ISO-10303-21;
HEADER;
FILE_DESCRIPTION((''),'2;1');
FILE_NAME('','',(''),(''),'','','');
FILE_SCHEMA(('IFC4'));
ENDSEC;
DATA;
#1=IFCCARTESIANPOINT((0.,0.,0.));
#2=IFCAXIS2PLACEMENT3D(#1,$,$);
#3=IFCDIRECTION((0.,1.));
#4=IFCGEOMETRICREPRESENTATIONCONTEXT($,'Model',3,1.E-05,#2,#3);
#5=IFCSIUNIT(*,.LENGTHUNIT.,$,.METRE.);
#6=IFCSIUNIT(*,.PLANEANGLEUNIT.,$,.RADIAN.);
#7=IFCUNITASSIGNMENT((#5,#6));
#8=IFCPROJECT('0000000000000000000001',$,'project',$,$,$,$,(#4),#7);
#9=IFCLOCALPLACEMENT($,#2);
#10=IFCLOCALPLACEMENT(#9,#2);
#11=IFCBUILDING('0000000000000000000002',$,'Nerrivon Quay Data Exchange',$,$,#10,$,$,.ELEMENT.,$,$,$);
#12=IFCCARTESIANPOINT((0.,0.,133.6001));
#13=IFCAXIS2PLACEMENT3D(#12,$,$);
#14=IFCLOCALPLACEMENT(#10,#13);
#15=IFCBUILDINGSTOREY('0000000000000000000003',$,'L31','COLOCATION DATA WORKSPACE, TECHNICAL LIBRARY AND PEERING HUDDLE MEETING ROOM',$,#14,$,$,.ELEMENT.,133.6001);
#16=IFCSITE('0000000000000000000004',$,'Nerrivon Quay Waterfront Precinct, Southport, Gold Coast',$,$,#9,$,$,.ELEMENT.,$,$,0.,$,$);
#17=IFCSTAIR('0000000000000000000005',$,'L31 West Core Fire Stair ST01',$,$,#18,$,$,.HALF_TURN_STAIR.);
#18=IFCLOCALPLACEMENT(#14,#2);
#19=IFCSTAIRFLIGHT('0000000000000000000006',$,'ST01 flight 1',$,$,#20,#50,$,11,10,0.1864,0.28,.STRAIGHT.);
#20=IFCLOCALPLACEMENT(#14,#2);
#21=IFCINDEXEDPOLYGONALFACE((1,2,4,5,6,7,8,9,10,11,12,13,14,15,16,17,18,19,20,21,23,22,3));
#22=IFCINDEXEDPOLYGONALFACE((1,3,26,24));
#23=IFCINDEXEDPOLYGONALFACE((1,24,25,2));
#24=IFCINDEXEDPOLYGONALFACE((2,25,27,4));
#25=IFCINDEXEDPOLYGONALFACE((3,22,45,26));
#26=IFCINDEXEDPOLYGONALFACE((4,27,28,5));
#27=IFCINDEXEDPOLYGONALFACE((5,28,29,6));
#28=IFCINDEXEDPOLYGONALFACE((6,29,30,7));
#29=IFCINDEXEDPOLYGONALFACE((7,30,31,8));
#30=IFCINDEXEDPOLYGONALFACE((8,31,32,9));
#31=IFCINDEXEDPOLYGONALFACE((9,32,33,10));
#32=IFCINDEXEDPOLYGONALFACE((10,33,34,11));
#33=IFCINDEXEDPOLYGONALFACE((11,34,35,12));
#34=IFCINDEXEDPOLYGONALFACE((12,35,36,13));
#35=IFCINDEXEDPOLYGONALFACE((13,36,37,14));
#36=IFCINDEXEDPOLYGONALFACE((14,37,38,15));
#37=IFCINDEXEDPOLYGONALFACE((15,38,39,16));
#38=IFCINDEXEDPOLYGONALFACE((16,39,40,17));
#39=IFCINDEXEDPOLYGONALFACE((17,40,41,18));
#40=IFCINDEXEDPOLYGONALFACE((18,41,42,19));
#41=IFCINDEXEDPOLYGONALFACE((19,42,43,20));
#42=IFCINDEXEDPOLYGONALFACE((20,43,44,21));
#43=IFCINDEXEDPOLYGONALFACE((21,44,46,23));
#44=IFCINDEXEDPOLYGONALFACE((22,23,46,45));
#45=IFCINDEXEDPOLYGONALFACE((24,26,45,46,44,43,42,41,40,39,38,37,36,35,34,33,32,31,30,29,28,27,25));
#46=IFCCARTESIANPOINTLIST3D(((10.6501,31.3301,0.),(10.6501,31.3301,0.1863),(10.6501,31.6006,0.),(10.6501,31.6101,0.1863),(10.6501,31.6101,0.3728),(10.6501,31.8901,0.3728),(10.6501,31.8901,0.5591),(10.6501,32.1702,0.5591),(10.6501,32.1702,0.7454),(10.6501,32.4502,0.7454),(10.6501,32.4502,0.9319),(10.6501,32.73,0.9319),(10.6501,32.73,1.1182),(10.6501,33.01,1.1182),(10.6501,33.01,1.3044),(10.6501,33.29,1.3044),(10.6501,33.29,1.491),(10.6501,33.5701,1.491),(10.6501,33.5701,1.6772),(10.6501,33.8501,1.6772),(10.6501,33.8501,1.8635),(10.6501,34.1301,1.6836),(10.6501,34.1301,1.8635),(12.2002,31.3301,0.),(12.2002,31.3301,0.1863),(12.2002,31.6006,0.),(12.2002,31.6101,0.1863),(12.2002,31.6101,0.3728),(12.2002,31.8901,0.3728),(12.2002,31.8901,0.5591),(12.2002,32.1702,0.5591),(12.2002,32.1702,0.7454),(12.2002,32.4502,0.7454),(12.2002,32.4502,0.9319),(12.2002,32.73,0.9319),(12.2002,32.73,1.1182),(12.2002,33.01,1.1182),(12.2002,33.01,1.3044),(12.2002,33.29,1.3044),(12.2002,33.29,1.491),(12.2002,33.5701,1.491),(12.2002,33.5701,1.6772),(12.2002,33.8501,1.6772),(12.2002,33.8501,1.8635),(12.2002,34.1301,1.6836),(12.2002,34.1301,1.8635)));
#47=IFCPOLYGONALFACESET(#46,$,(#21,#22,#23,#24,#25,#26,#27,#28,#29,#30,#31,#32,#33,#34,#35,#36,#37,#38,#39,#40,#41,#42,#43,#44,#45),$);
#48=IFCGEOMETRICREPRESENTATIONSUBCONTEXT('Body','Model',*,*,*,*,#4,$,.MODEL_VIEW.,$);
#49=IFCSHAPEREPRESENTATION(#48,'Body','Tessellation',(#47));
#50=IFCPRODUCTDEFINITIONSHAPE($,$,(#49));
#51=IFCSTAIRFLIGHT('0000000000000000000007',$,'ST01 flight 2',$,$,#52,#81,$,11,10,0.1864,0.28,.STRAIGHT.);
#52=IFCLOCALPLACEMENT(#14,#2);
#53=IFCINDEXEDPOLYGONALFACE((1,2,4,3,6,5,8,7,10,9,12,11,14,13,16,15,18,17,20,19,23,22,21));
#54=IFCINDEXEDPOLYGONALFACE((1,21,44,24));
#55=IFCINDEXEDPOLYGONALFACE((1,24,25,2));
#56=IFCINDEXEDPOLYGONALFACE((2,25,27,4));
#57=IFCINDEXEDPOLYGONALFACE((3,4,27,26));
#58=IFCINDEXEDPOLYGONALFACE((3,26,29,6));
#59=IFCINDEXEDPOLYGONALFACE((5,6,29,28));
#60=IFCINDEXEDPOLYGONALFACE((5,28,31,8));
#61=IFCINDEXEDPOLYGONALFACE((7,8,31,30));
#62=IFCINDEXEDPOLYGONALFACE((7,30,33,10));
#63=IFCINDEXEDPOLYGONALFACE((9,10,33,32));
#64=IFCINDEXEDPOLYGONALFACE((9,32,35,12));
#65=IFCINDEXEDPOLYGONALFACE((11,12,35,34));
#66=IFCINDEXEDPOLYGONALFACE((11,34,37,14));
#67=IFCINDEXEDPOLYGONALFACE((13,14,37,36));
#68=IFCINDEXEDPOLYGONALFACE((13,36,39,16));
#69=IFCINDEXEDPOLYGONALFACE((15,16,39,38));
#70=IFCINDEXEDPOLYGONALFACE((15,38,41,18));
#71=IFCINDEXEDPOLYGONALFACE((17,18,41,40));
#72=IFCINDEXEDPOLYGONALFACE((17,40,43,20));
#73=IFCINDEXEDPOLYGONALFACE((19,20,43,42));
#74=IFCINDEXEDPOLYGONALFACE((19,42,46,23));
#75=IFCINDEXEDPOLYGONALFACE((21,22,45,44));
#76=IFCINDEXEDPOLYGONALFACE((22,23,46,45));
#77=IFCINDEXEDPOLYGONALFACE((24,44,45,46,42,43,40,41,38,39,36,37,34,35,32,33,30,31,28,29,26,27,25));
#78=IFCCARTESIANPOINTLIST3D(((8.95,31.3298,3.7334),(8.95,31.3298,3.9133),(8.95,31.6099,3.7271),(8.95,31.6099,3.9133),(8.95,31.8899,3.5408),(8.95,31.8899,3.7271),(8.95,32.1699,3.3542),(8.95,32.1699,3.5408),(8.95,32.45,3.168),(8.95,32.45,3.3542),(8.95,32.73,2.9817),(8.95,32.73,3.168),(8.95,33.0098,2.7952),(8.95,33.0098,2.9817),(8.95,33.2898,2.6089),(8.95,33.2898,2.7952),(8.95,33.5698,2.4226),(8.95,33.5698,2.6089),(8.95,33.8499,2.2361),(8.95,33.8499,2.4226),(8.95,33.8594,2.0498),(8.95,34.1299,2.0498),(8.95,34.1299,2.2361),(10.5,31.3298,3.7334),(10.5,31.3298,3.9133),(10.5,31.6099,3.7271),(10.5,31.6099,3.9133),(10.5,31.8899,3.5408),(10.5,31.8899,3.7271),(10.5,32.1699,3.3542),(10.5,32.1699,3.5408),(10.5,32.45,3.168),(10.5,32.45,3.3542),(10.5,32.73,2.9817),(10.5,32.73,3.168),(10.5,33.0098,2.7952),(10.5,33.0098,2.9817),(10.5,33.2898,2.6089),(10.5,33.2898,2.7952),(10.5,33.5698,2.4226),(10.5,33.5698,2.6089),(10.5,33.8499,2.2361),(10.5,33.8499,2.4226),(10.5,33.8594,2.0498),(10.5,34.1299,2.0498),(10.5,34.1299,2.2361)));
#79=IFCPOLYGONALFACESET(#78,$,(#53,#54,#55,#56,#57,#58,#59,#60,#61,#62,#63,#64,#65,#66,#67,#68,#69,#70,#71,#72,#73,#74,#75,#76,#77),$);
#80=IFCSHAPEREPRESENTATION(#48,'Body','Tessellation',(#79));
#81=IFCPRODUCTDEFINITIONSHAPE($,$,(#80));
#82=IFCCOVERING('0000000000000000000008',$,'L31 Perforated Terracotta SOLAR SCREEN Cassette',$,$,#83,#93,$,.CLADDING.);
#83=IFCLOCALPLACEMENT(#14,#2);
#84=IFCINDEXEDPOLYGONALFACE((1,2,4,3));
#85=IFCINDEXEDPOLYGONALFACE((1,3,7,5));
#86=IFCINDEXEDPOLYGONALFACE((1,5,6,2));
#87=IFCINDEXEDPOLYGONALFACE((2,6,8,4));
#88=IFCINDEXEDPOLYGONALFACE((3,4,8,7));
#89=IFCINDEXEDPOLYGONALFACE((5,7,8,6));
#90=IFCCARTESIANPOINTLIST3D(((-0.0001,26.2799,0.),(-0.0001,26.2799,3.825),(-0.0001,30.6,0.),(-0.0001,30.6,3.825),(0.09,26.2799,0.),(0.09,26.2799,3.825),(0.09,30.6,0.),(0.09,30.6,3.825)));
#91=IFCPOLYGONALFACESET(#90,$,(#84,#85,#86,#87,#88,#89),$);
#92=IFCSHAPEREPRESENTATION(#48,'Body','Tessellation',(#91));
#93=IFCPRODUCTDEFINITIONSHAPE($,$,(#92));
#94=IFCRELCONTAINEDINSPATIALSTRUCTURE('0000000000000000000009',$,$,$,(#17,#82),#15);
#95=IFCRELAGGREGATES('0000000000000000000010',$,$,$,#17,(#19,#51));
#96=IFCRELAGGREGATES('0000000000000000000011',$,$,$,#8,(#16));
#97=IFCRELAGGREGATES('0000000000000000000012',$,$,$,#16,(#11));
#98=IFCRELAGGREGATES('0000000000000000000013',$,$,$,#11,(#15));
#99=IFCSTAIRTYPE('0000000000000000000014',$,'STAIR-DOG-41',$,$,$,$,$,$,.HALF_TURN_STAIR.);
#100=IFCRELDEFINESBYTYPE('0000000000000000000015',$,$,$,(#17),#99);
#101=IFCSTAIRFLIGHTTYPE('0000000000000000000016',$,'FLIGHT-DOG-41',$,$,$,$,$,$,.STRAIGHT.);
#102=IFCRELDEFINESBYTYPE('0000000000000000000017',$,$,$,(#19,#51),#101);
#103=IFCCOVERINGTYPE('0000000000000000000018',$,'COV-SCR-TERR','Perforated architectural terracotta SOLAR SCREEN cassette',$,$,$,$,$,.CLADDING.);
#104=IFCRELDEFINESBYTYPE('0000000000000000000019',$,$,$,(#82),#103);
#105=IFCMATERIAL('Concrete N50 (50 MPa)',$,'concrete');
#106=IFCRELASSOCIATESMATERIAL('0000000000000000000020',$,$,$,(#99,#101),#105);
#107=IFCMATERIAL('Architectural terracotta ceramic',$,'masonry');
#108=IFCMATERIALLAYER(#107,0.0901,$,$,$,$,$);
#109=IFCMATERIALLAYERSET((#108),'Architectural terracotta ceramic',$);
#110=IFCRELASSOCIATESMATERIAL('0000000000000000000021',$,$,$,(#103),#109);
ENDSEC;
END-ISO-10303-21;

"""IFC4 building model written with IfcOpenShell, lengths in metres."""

from ifc_helpers import new_model, si_unit, direction, frame, origin, origin_2d, place, context, subcontext, project, spatial, polyline, rectangle, outline, extrude, material, layer, layer_set, type_object, element, aggregate, save


model = new_model("IFC4")

# Units and contexts
model_context = context("Model", 3, precision=1e-05, world=origin(), true_north=direction((0.0, 1.0)))
body_context = subcontext(model_context, "Body", "Model", "MODEL_VIEW")
ifc_project = project(units=[si_unit("LENGTHUNIT", "METRE"), si_unit("PLANEANGLEUNIT", "RADIAN")], contexts=[model_context])

# Site, building, storey
site_placement = place(None, origin())
site = spatial("IfcSite", under=ifc_project, at=site_placement, Name="Nerrivon Quay Waterfront Precinct, Southport, Gold Coast", CompositionType="ELEMENT", RefElevation=0.0)
building_placement = place(site_placement, origin())
building = spatial("IfcBuilding", under=site, at=building_placement, Name="Nerrivon Quay Data Exchange", CompositionType="ELEMENT")
storey_placement = place(building_placement, frame((0.0, 0.0, 133.6001)))
storey = spatial("IfcBuildingStorey", under=building, at=storey_placement, Name="L31", Description="COLOCATION DATA WORKSPACE, TECHNICAL LIBRARY AND PEERING HUDDLE MEETING ROOM", CompositionType="ELEMENT", Elevation=133.6001)

# Shared definitions
ifc_material_1 = material(Name="Concrete N50 (50 MPa)", Category="concrete")

# Stair, stair flights
stair_type = type_object("IfcStairType", Name="STAIR-DOG-41", PredefinedType="HALF_TURN_STAIR", material=ifc_material_1)
stair_placement = place(storey_placement, origin())
stair = element("IfcStair", 1, at=stair_placement, inside=storey, type_object=stair_type, Name="L31 West Core Fire Stair ST01", PredefinedType="HALF_TURN_STAIR")
stair_flight_type = type_object("IfcStairFlightType", Name="FLIGHT-DOG-41", PredefinedType="STRAIGHT", material=ifc_material_1)
stair_flight_1_placement = place(storey_placement, frame((11.425, 31.3301, 0.0), z_axis=(0.0, 0.0, 1.0), x_axis=(0.0, 1.0, 0.0)))
stair_flight_1 = element("IfcStairFlight", 2, at=stair_flight_1_placement, type_object=stair_flight_type, Name="ST01 flight 1", NumberOfRisers=11, NumberOfTreads=10, PredefinedType="STRAIGHT", RiserHeight=0.1864, TreadLength=0.28, context=body_context, shape_type="SweptSolid", body=[
    extrude(outline(polyline([(0.0, 0.0), (0.0, 0.1863), (0.28, 0.1863), (0.28, 0.3728), (0.5601, 0.3728), (0.5601, 0.5591), (0.8401, 0.5591), (0.8401, 0.7454), (1.1201, 0.7454), (1.1201, 0.9319), (1.3999, 0.9319), (1.3999, 1.1182), (1.6799, 1.1182), (1.6799, 1.3044), (1.96, 1.3044), (1.96, 1.491), (2.24, 1.491), (2.24, 1.6772), (2.52, 1.6772), (2.52, 1.8635), (2.8, 1.8635), (2.8, 2.05), (2.8, 1.6836), (0.2705, 0.0), (0.0, 0.0)])), frame((0.0, 0.7749, 0.0), z_axis=(0.0, -1.0, 0.0), x_axis=(1.0, 0.0, 0.0)), (0.0, 0.0, 1.0), 1.55),
])
stair_flight_2_placement = place(storey_placement, frame((9.7251, 34.1299, 2.0498), z_axis=(0.0, 0.0, 1.0), x_axis=(0.0, -1.0, 0.0)))
stair_flight_2 = element("IfcStairFlight", 3, at=stair_flight_2_placement, type_object=stair_flight_type, Name="ST01 flight 2", NumberOfRisers=11, NumberOfTreads=10, PredefinedType="STRAIGHT", RiserHeight=0.1864, TreadLength=0.28, context=body_context, shape_type="SweptSolid", body=[
    extrude(outline(polyline([(0.0, 0.0), (0.0, 0.1863), (0.28, 0.1863), (0.28, 0.3728), (0.5601, 0.3728), (0.5601, 0.5591), (0.8401, 0.5591), (0.8401, 0.7454), (1.1201, 0.7454), (1.1201, 0.9319), (1.3999, 0.9319), (1.3999, 1.1182), (1.6799, 1.1182), (1.6799, 1.3044), (1.96, 1.3044), (1.96, 1.491), (2.24, 1.491), (2.24, 1.6772), (2.52, 1.6772), (2.52, 1.8635), (2.8, 1.8635), (2.8, 2.05), (2.8, 1.6836), (0.2705, 0.0), (0.0, 0.0)])), frame((0.0, 0.7749, 0.0), z_axis=(0.0, -1.0, 0.0), x_axis=(1.0, 0.0, 0.0)), (0.0, 0.0, 1.0), 1.55),
])
aggregate(stair, [stair_flight_1, stair_flight_2])

# Covering
ifc_material_2 = material(Name="Architectural terracotta ceramic", Category="masonry")
ifc_layer_1 = layer(ifc_material_2, 0.0901)
ifc_layer_set_1 = layer_set([ifc_layer_1], Name="Architectural terracotta ceramic")
covering_type = type_object("IfcCoveringType", Name="COV-SCR-TERR", Description="Perforated architectural terracotta SOLAR SCREEN cassette", PredefinedType="CLADDING", material=ifc_layer_set_1)
covering_placement = place(storey_placement, frame((0.0449, 28.4399, 0.0), z_axis=(0.0, 0.0, 1.0), x_axis=(0.0, 1.0, 0.0)))
element("IfcCovering", 4, at=covering_placement, inside=storey, type_object=covering_type, Name="L31 Perforated Terracotta SOLAR SCREEN Cassette", PredefinedType="CLADDING", context=body_context, shape_type="SweptSolid", body=[
    extrude(rectangle(XDim=4.3201, YDim=0.0901, at=origin_2d()), origin(), (0.0, 0.0, 1.0), 3.825),
])

save(model, "model.ifc")
